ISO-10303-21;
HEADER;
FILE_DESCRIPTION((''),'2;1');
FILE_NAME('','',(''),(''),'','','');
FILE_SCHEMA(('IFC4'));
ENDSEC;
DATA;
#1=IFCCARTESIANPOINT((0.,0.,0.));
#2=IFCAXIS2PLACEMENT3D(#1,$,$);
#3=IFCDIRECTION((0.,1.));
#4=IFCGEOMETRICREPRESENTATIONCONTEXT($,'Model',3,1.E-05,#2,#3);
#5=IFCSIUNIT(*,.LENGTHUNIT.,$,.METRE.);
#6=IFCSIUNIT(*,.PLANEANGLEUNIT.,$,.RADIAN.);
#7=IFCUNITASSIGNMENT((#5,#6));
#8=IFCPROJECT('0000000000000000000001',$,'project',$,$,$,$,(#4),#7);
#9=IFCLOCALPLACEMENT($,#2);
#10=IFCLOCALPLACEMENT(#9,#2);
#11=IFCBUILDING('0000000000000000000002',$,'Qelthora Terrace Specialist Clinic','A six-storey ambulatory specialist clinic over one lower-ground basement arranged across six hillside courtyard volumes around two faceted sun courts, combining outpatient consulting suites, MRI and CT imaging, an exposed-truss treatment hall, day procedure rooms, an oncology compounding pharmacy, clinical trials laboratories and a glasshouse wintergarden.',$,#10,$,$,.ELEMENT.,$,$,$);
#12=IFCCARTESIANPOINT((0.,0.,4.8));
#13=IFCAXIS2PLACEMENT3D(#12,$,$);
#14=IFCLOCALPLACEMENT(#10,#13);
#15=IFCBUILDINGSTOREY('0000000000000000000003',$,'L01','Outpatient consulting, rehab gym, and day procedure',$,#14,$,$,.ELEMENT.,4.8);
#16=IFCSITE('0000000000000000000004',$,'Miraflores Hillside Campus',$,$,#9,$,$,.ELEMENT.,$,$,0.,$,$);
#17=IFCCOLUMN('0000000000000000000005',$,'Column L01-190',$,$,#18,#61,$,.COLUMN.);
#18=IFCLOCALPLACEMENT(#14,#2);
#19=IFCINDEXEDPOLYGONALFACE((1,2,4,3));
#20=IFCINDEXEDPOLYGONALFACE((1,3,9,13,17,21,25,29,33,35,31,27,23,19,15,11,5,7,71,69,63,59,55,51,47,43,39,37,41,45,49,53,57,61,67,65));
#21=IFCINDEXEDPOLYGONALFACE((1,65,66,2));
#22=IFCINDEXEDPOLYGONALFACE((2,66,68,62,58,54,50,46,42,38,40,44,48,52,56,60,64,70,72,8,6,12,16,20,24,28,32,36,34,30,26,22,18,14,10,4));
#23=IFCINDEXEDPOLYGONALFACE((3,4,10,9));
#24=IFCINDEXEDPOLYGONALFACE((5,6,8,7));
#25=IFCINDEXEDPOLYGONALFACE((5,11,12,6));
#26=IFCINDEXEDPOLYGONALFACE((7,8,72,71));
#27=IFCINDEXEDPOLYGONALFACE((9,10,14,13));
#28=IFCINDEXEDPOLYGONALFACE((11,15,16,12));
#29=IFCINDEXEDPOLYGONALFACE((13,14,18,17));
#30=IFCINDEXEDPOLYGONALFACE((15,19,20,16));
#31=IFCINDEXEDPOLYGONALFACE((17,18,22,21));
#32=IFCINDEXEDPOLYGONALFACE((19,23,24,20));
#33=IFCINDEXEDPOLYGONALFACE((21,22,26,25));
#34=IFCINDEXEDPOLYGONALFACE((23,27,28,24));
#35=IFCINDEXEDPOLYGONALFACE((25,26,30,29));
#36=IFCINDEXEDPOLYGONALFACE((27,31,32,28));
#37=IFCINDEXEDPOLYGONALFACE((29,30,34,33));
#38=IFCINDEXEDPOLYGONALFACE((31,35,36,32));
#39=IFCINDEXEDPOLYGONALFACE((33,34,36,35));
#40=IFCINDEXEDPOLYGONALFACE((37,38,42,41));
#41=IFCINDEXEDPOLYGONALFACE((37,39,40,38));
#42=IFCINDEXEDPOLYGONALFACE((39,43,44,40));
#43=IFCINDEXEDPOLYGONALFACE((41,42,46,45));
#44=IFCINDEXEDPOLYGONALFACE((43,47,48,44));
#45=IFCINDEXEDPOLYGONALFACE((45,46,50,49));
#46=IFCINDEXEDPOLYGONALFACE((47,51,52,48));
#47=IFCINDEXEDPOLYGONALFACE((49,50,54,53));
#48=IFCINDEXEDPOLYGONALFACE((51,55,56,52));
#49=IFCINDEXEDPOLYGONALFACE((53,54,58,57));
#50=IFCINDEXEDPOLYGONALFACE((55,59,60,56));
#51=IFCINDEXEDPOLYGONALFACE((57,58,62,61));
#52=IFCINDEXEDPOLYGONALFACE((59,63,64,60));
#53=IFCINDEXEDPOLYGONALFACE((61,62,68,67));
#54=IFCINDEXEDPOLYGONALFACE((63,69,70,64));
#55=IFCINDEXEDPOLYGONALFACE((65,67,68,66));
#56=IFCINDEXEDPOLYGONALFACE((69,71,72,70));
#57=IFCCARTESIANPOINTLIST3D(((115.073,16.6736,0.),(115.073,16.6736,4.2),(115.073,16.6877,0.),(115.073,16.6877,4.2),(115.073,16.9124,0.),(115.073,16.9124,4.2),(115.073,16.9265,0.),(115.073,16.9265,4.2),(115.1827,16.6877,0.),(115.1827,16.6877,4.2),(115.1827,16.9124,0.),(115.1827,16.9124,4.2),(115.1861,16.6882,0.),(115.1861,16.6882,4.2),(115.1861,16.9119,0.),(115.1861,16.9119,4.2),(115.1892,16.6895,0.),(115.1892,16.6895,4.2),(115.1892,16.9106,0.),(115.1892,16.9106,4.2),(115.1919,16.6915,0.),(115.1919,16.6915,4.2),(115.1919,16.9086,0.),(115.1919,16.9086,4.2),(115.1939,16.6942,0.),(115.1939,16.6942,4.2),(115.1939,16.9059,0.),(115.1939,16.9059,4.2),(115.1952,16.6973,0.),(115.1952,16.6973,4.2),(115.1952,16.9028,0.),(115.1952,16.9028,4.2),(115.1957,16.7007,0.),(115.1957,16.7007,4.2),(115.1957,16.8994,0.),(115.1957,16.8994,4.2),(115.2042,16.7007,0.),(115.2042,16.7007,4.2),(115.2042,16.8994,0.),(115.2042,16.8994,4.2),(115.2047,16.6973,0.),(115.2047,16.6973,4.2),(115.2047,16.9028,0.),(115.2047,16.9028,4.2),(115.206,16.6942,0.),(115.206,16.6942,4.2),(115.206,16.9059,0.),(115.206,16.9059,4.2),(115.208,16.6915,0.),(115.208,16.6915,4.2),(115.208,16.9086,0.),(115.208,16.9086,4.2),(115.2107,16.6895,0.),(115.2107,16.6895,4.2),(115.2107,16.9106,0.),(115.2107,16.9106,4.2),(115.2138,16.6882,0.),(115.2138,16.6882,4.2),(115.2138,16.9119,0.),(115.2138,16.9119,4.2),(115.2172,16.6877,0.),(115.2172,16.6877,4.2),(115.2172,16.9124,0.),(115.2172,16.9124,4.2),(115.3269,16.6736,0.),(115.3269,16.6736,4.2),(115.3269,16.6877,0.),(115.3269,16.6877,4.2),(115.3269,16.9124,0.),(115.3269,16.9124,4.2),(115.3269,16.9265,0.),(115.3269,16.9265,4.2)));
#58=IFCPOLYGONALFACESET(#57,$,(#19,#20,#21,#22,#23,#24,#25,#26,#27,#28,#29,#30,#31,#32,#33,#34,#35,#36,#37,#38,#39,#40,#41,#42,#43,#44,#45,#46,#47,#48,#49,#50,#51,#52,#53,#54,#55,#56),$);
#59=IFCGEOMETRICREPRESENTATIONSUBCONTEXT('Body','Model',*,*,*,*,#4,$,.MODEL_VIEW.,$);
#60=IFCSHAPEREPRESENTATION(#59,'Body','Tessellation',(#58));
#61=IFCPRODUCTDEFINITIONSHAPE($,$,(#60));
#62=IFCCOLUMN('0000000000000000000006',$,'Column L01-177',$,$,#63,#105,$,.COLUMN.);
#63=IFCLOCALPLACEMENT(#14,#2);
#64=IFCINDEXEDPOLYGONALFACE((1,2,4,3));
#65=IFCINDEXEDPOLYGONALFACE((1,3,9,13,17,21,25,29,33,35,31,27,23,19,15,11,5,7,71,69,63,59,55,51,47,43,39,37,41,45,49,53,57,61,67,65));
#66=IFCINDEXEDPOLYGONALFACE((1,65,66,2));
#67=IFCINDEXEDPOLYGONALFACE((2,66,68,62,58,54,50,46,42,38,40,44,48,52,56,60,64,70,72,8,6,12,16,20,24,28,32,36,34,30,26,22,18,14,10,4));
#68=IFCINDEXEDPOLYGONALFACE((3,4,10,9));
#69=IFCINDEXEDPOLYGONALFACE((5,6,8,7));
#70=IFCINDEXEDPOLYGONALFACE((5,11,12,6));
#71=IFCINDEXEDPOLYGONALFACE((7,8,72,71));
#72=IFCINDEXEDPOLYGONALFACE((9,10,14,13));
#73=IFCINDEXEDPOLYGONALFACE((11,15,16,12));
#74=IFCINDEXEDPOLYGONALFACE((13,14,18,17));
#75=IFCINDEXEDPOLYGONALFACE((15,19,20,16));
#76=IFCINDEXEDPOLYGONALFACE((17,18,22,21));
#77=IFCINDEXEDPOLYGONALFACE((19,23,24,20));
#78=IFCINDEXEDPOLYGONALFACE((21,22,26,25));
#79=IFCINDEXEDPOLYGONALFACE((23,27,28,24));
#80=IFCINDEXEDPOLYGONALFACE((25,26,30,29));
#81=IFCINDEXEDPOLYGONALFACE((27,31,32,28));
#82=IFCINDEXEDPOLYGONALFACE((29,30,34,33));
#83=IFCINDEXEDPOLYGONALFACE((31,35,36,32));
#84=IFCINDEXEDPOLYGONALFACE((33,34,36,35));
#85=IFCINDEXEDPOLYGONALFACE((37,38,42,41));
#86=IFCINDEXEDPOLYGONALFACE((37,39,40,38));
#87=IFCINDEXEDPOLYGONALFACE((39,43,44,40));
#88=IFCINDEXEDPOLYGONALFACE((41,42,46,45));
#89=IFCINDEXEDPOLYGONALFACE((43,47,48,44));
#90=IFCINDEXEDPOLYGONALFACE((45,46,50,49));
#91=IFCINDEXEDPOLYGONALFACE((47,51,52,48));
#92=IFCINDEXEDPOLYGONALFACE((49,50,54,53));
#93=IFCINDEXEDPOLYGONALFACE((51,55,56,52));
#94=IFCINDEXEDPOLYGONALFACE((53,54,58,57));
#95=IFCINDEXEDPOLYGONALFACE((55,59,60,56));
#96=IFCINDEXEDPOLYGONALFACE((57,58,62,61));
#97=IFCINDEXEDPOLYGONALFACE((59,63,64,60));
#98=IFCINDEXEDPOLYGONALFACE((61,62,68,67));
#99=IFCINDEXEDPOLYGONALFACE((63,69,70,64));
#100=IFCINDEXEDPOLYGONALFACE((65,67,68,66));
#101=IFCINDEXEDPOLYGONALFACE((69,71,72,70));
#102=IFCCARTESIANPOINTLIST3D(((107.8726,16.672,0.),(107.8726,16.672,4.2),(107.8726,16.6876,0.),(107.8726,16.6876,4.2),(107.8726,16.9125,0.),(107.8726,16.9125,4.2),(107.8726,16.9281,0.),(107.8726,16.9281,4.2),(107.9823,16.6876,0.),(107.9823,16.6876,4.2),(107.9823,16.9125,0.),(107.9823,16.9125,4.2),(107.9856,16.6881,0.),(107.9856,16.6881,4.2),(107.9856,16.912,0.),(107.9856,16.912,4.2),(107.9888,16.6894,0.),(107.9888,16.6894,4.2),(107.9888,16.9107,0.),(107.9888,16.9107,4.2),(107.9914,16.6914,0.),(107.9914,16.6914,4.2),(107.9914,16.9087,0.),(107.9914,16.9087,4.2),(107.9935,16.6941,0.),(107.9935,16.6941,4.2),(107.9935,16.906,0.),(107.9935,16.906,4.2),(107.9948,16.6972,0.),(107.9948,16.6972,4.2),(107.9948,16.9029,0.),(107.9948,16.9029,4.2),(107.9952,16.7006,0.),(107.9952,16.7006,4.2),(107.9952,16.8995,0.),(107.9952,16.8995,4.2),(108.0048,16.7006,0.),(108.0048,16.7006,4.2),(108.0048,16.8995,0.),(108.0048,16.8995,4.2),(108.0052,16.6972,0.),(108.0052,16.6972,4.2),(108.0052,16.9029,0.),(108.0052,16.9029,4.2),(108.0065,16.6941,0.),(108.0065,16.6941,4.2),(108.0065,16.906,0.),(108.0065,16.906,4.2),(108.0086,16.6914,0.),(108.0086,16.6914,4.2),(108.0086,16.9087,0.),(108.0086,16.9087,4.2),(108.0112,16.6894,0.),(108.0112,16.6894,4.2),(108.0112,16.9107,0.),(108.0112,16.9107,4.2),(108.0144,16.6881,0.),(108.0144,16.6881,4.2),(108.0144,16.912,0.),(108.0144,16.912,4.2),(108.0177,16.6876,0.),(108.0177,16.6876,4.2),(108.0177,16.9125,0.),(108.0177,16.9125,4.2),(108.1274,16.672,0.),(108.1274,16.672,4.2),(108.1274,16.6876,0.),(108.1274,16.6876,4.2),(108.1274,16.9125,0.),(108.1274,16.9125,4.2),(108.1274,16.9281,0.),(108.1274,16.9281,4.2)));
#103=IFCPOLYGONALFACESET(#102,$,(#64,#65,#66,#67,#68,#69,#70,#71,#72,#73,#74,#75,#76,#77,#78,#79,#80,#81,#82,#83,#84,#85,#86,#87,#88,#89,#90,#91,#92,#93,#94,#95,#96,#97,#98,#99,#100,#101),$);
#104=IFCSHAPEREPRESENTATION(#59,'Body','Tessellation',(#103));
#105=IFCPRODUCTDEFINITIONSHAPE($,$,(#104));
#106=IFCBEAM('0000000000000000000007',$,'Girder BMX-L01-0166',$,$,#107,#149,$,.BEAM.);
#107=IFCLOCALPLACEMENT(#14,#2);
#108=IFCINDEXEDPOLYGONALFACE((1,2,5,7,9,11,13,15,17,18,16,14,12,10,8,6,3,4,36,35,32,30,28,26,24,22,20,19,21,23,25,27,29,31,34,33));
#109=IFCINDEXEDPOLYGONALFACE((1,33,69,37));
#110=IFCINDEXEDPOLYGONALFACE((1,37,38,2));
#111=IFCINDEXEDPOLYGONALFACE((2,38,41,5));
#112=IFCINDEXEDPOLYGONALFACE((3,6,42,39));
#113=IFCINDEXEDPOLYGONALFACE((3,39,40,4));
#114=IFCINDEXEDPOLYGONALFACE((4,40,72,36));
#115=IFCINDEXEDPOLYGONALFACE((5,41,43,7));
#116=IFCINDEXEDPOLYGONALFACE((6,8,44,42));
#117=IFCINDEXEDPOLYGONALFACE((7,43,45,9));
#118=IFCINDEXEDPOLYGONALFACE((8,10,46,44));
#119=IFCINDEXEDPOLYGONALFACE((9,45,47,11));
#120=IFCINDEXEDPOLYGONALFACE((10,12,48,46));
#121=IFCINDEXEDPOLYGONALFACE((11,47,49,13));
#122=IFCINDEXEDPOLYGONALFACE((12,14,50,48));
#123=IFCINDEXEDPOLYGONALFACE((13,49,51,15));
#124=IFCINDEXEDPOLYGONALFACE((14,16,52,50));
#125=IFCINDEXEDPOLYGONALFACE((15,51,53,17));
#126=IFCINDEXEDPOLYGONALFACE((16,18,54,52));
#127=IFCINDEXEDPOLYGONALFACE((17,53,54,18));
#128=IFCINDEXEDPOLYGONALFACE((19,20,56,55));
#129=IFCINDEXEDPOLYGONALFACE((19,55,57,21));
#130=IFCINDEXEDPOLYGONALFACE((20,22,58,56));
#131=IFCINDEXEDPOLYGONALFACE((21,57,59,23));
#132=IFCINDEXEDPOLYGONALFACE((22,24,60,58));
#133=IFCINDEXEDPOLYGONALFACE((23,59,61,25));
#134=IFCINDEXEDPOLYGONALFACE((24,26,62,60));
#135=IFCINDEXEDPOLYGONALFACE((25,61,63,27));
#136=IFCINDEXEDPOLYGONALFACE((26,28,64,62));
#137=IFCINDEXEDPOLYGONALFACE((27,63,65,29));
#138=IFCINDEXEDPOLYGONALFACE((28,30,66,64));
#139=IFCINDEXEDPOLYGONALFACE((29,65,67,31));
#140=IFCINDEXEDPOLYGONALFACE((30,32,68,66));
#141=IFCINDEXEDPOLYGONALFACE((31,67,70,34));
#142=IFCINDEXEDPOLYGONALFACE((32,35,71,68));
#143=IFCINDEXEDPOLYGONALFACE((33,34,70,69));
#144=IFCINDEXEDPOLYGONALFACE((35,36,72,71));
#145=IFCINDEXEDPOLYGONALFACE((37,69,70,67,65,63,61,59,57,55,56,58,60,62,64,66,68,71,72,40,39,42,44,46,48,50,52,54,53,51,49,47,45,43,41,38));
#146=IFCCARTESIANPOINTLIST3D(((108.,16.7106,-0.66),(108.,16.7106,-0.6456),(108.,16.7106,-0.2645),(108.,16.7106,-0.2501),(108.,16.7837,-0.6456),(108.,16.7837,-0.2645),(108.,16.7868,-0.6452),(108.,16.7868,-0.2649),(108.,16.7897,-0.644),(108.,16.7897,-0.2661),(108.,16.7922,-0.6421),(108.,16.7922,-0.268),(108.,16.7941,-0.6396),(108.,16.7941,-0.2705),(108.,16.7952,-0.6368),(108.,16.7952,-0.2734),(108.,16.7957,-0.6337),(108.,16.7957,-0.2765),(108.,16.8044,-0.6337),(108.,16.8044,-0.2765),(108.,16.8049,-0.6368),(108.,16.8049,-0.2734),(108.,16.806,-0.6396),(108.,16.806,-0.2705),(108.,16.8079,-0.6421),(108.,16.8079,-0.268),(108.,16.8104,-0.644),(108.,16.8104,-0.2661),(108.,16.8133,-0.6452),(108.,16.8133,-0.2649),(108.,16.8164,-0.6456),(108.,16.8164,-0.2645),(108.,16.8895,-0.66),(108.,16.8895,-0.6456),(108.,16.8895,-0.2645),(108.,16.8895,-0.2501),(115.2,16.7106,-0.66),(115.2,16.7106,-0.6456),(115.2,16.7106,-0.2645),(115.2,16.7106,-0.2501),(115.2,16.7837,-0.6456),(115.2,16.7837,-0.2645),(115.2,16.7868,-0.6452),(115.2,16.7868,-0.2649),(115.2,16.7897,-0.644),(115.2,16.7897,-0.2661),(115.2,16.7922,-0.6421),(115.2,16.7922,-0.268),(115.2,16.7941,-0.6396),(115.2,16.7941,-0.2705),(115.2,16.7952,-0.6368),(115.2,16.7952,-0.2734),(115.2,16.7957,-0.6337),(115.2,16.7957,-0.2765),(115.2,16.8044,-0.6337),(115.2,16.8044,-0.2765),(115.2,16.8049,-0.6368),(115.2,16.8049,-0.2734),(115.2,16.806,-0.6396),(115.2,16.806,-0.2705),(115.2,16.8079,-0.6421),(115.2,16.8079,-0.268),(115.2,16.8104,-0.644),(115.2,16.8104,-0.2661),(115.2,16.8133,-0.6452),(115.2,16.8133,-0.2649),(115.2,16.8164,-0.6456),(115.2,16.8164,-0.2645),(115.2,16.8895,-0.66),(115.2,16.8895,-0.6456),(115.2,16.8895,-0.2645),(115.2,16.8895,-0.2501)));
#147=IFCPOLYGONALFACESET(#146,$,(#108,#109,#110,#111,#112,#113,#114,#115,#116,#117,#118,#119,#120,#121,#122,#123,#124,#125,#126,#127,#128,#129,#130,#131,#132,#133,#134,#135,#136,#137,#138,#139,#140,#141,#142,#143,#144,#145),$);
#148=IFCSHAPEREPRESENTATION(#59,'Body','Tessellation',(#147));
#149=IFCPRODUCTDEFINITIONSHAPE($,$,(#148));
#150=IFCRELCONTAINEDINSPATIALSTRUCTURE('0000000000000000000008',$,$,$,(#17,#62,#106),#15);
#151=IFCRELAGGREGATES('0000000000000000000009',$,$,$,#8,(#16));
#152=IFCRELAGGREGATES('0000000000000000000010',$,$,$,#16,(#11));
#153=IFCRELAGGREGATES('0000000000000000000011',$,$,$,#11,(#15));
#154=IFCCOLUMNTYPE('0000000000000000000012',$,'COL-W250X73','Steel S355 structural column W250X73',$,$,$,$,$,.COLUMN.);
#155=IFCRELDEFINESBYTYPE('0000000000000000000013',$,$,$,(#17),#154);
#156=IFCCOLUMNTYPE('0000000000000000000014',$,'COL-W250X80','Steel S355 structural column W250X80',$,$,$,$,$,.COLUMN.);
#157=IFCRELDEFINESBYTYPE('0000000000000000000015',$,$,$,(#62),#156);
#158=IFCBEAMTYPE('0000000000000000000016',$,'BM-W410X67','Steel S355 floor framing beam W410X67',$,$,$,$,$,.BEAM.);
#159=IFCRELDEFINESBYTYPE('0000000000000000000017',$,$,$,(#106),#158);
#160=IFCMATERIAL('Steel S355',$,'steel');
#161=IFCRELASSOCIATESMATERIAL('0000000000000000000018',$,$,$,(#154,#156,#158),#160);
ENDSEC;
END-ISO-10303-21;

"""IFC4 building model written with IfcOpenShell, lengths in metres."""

from ifc_helpers import new_model, si_unit, direction, frame, origin, origin_2d, place, context, subcontext, project, spatial, i_section, extrude, material, material_profile, profile_set, type_object, element, save


model = new_model("IFC4")

# Units and contexts
model_context = context("Model", 3, precision=1e-05, world=origin(), true_north=direction((0.0, 1.0)))
body_context = subcontext(model_context, "Body", "Model", "MODEL_VIEW")
ifc_project = project(units=[si_unit("LENGTHUNIT", "METRE"), si_unit("PLANEANGLEUNIT", "RADIAN")], contexts=[model_context])

# Site, building, storey
site_placement = place(None, origin())
site = spatial("IfcSite", under=ifc_project, at=site_placement, Name="Miraflores Hillside Campus", CompositionType="ELEMENT", RefElevation=0.0)
building_placement = place(site_placement, origin())
building = spatial("IfcBuilding", under=site, at=building_placement, Name="Qelthora Terrace Specialist Clinic", Description="A six-storey ambulatory specialist clinic over one lower-ground basement arranged across six hillside courtyard volumes around two faceted sun courts, combining outpatient consulting suites, MRI and CT imaging, an exposed-truss treatment hall, day procedure rooms, an oncology compounding pharmacy, clinical trials laboratories and a glasshouse wintergarden.", CompositionType="ELEMENT")
storey_placement = place(building_placement, frame((0.0, 0.0, 4.8)))
storey = spatial("IfcBuildingStorey", under=building, at=storey_placement, Name="L01", Description="Outpatient consulting, rehab gym, and day procedure", CompositionType="ELEMENT", Elevation=4.8)

# Columns
ifc_material_1 = material(Name="Steel S355", Category="steel")
ifc_material_profile_1 = material_profile(ifc_material_1, i_section(OverallWidth=0.2539, OverallDepth=0.2529, WebThickness=0.0085, FlangeThickness=0.0142, FilletRadius=0.0129, at=origin_2d()), Name="W250X73")
ifc_profile_set_1 = profile_set([ifc_material_profile_1], Name="Steel S355")
column_type_1 = type_object("IfcColumnType", Name="COL-W250X73", Description="Steel S355 structural column W250X73", PredefinedType="COLUMN", material=ifc_profile_set_1)
column_1_placement = place(storey_placement, frame((115.2, 16.8, 0.0), z_axis=(0.0, 0.0, 1.0), x_axis=(1.0, 0.0, 0.0)))
element("IfcColumn", 1, at=column_1_placement, inside=storey, type_object=column_type_1, Name="Column L01-190", PredefinedType="COLUMN", context=body_context, shape_type="SweptSolid", body=[
    extrude(i_section(OverallWidth=0.2539, OverallDepth=0.2529, WebThickness=0.0085, FlangeThickness=0.0142, FilletRadius=0.0129, at=origin_2d()), origin(), (0.0, 0.0, 1.0), 4.2),
])
ifc_material_profile_2 = material_profile(ifc_material_1, i_section(OverallWidth=0.2549, OverallDepth=0.2561, WebThickness=0.0095, FlangeThickness=0.0156, FilletRadius=0.0129, at=origin_2d()), Name="W250X80")
ifc_profile_set_2 = profile_set([ifc_material_profile_2], Name="Steel S355")
column_type_2 = type_object("IfcColumnType", Name="COL-W250X80", Description="Steel S355 structural column W250X80", PredefinedType="COLUMN", material=ifc_profile_set_2)
column_2_placement = place(storey_placement, frame((108.0, 16.8, 0.0), z_axis=(0.0, 0.0, 1.0), x_axis=(1.0, 0.0, 0.0)))
element("IfcColumn", 2, at=column_2_placement, inside=storey, type_object=column_type_2, Name="Column L01-177", PredefinedType="COLUMN", context=body_context, shape_type="SweptSolid", body=[
    extrude(i_section(OverallWidth=0.2549, OverallDepth=0.2561, WebThickness=0.0095, FlangeThickness=0.0156, FilletRadius=0.0129, at=origin_2d()), origin(), (0.0, 0.0, 1.0), 4.2),
])

# Beam
ifc_material_profile_3 = material_profile(ifc_material_1, i_section(OverallWidth=0.179, OverallDepth=0.4099, WebThickness=0.0088, FlangeThickness=0.0144, FilletRadius=0.012, at=origin_2d()), Name="W410X67")
ifc_profile_set_3 = profile_set([ifc_material_profile_3], Name="Steel S355")
beam_type_1 = type_object("IfcBeamType", Name="BM-W410X67", Description="Steel S355 floor framing beam W410X67", PredefinedType="BEAM", material=ifc_profile_set_3)
beam_1_placement = place(storey_placement, frame((108.0, 16.8, -0.4551), z_axis=(1.0, 0.0, 0.0), x_axis=(0.0, 1.0, 0.0)))
element("IfcBeam", 3, at=beam_1_placement, inside=storey, type_object=beam_type_1, Name="Girder BMX-L01-0166", PredefinedType="BEAM", context=body_context, shape_type="SweptSolid", body=[
    extrude(i_section(OverallWidth=0.179, OverallDepth=0.4099, WebThickness=0.0088, FlangeThickness=0.0144, FilletRadius=0.012, at=origin_2d()), origin(), (0.0, 0.0, 1.0), 7.2),
])

save(model, "model.ifc")
